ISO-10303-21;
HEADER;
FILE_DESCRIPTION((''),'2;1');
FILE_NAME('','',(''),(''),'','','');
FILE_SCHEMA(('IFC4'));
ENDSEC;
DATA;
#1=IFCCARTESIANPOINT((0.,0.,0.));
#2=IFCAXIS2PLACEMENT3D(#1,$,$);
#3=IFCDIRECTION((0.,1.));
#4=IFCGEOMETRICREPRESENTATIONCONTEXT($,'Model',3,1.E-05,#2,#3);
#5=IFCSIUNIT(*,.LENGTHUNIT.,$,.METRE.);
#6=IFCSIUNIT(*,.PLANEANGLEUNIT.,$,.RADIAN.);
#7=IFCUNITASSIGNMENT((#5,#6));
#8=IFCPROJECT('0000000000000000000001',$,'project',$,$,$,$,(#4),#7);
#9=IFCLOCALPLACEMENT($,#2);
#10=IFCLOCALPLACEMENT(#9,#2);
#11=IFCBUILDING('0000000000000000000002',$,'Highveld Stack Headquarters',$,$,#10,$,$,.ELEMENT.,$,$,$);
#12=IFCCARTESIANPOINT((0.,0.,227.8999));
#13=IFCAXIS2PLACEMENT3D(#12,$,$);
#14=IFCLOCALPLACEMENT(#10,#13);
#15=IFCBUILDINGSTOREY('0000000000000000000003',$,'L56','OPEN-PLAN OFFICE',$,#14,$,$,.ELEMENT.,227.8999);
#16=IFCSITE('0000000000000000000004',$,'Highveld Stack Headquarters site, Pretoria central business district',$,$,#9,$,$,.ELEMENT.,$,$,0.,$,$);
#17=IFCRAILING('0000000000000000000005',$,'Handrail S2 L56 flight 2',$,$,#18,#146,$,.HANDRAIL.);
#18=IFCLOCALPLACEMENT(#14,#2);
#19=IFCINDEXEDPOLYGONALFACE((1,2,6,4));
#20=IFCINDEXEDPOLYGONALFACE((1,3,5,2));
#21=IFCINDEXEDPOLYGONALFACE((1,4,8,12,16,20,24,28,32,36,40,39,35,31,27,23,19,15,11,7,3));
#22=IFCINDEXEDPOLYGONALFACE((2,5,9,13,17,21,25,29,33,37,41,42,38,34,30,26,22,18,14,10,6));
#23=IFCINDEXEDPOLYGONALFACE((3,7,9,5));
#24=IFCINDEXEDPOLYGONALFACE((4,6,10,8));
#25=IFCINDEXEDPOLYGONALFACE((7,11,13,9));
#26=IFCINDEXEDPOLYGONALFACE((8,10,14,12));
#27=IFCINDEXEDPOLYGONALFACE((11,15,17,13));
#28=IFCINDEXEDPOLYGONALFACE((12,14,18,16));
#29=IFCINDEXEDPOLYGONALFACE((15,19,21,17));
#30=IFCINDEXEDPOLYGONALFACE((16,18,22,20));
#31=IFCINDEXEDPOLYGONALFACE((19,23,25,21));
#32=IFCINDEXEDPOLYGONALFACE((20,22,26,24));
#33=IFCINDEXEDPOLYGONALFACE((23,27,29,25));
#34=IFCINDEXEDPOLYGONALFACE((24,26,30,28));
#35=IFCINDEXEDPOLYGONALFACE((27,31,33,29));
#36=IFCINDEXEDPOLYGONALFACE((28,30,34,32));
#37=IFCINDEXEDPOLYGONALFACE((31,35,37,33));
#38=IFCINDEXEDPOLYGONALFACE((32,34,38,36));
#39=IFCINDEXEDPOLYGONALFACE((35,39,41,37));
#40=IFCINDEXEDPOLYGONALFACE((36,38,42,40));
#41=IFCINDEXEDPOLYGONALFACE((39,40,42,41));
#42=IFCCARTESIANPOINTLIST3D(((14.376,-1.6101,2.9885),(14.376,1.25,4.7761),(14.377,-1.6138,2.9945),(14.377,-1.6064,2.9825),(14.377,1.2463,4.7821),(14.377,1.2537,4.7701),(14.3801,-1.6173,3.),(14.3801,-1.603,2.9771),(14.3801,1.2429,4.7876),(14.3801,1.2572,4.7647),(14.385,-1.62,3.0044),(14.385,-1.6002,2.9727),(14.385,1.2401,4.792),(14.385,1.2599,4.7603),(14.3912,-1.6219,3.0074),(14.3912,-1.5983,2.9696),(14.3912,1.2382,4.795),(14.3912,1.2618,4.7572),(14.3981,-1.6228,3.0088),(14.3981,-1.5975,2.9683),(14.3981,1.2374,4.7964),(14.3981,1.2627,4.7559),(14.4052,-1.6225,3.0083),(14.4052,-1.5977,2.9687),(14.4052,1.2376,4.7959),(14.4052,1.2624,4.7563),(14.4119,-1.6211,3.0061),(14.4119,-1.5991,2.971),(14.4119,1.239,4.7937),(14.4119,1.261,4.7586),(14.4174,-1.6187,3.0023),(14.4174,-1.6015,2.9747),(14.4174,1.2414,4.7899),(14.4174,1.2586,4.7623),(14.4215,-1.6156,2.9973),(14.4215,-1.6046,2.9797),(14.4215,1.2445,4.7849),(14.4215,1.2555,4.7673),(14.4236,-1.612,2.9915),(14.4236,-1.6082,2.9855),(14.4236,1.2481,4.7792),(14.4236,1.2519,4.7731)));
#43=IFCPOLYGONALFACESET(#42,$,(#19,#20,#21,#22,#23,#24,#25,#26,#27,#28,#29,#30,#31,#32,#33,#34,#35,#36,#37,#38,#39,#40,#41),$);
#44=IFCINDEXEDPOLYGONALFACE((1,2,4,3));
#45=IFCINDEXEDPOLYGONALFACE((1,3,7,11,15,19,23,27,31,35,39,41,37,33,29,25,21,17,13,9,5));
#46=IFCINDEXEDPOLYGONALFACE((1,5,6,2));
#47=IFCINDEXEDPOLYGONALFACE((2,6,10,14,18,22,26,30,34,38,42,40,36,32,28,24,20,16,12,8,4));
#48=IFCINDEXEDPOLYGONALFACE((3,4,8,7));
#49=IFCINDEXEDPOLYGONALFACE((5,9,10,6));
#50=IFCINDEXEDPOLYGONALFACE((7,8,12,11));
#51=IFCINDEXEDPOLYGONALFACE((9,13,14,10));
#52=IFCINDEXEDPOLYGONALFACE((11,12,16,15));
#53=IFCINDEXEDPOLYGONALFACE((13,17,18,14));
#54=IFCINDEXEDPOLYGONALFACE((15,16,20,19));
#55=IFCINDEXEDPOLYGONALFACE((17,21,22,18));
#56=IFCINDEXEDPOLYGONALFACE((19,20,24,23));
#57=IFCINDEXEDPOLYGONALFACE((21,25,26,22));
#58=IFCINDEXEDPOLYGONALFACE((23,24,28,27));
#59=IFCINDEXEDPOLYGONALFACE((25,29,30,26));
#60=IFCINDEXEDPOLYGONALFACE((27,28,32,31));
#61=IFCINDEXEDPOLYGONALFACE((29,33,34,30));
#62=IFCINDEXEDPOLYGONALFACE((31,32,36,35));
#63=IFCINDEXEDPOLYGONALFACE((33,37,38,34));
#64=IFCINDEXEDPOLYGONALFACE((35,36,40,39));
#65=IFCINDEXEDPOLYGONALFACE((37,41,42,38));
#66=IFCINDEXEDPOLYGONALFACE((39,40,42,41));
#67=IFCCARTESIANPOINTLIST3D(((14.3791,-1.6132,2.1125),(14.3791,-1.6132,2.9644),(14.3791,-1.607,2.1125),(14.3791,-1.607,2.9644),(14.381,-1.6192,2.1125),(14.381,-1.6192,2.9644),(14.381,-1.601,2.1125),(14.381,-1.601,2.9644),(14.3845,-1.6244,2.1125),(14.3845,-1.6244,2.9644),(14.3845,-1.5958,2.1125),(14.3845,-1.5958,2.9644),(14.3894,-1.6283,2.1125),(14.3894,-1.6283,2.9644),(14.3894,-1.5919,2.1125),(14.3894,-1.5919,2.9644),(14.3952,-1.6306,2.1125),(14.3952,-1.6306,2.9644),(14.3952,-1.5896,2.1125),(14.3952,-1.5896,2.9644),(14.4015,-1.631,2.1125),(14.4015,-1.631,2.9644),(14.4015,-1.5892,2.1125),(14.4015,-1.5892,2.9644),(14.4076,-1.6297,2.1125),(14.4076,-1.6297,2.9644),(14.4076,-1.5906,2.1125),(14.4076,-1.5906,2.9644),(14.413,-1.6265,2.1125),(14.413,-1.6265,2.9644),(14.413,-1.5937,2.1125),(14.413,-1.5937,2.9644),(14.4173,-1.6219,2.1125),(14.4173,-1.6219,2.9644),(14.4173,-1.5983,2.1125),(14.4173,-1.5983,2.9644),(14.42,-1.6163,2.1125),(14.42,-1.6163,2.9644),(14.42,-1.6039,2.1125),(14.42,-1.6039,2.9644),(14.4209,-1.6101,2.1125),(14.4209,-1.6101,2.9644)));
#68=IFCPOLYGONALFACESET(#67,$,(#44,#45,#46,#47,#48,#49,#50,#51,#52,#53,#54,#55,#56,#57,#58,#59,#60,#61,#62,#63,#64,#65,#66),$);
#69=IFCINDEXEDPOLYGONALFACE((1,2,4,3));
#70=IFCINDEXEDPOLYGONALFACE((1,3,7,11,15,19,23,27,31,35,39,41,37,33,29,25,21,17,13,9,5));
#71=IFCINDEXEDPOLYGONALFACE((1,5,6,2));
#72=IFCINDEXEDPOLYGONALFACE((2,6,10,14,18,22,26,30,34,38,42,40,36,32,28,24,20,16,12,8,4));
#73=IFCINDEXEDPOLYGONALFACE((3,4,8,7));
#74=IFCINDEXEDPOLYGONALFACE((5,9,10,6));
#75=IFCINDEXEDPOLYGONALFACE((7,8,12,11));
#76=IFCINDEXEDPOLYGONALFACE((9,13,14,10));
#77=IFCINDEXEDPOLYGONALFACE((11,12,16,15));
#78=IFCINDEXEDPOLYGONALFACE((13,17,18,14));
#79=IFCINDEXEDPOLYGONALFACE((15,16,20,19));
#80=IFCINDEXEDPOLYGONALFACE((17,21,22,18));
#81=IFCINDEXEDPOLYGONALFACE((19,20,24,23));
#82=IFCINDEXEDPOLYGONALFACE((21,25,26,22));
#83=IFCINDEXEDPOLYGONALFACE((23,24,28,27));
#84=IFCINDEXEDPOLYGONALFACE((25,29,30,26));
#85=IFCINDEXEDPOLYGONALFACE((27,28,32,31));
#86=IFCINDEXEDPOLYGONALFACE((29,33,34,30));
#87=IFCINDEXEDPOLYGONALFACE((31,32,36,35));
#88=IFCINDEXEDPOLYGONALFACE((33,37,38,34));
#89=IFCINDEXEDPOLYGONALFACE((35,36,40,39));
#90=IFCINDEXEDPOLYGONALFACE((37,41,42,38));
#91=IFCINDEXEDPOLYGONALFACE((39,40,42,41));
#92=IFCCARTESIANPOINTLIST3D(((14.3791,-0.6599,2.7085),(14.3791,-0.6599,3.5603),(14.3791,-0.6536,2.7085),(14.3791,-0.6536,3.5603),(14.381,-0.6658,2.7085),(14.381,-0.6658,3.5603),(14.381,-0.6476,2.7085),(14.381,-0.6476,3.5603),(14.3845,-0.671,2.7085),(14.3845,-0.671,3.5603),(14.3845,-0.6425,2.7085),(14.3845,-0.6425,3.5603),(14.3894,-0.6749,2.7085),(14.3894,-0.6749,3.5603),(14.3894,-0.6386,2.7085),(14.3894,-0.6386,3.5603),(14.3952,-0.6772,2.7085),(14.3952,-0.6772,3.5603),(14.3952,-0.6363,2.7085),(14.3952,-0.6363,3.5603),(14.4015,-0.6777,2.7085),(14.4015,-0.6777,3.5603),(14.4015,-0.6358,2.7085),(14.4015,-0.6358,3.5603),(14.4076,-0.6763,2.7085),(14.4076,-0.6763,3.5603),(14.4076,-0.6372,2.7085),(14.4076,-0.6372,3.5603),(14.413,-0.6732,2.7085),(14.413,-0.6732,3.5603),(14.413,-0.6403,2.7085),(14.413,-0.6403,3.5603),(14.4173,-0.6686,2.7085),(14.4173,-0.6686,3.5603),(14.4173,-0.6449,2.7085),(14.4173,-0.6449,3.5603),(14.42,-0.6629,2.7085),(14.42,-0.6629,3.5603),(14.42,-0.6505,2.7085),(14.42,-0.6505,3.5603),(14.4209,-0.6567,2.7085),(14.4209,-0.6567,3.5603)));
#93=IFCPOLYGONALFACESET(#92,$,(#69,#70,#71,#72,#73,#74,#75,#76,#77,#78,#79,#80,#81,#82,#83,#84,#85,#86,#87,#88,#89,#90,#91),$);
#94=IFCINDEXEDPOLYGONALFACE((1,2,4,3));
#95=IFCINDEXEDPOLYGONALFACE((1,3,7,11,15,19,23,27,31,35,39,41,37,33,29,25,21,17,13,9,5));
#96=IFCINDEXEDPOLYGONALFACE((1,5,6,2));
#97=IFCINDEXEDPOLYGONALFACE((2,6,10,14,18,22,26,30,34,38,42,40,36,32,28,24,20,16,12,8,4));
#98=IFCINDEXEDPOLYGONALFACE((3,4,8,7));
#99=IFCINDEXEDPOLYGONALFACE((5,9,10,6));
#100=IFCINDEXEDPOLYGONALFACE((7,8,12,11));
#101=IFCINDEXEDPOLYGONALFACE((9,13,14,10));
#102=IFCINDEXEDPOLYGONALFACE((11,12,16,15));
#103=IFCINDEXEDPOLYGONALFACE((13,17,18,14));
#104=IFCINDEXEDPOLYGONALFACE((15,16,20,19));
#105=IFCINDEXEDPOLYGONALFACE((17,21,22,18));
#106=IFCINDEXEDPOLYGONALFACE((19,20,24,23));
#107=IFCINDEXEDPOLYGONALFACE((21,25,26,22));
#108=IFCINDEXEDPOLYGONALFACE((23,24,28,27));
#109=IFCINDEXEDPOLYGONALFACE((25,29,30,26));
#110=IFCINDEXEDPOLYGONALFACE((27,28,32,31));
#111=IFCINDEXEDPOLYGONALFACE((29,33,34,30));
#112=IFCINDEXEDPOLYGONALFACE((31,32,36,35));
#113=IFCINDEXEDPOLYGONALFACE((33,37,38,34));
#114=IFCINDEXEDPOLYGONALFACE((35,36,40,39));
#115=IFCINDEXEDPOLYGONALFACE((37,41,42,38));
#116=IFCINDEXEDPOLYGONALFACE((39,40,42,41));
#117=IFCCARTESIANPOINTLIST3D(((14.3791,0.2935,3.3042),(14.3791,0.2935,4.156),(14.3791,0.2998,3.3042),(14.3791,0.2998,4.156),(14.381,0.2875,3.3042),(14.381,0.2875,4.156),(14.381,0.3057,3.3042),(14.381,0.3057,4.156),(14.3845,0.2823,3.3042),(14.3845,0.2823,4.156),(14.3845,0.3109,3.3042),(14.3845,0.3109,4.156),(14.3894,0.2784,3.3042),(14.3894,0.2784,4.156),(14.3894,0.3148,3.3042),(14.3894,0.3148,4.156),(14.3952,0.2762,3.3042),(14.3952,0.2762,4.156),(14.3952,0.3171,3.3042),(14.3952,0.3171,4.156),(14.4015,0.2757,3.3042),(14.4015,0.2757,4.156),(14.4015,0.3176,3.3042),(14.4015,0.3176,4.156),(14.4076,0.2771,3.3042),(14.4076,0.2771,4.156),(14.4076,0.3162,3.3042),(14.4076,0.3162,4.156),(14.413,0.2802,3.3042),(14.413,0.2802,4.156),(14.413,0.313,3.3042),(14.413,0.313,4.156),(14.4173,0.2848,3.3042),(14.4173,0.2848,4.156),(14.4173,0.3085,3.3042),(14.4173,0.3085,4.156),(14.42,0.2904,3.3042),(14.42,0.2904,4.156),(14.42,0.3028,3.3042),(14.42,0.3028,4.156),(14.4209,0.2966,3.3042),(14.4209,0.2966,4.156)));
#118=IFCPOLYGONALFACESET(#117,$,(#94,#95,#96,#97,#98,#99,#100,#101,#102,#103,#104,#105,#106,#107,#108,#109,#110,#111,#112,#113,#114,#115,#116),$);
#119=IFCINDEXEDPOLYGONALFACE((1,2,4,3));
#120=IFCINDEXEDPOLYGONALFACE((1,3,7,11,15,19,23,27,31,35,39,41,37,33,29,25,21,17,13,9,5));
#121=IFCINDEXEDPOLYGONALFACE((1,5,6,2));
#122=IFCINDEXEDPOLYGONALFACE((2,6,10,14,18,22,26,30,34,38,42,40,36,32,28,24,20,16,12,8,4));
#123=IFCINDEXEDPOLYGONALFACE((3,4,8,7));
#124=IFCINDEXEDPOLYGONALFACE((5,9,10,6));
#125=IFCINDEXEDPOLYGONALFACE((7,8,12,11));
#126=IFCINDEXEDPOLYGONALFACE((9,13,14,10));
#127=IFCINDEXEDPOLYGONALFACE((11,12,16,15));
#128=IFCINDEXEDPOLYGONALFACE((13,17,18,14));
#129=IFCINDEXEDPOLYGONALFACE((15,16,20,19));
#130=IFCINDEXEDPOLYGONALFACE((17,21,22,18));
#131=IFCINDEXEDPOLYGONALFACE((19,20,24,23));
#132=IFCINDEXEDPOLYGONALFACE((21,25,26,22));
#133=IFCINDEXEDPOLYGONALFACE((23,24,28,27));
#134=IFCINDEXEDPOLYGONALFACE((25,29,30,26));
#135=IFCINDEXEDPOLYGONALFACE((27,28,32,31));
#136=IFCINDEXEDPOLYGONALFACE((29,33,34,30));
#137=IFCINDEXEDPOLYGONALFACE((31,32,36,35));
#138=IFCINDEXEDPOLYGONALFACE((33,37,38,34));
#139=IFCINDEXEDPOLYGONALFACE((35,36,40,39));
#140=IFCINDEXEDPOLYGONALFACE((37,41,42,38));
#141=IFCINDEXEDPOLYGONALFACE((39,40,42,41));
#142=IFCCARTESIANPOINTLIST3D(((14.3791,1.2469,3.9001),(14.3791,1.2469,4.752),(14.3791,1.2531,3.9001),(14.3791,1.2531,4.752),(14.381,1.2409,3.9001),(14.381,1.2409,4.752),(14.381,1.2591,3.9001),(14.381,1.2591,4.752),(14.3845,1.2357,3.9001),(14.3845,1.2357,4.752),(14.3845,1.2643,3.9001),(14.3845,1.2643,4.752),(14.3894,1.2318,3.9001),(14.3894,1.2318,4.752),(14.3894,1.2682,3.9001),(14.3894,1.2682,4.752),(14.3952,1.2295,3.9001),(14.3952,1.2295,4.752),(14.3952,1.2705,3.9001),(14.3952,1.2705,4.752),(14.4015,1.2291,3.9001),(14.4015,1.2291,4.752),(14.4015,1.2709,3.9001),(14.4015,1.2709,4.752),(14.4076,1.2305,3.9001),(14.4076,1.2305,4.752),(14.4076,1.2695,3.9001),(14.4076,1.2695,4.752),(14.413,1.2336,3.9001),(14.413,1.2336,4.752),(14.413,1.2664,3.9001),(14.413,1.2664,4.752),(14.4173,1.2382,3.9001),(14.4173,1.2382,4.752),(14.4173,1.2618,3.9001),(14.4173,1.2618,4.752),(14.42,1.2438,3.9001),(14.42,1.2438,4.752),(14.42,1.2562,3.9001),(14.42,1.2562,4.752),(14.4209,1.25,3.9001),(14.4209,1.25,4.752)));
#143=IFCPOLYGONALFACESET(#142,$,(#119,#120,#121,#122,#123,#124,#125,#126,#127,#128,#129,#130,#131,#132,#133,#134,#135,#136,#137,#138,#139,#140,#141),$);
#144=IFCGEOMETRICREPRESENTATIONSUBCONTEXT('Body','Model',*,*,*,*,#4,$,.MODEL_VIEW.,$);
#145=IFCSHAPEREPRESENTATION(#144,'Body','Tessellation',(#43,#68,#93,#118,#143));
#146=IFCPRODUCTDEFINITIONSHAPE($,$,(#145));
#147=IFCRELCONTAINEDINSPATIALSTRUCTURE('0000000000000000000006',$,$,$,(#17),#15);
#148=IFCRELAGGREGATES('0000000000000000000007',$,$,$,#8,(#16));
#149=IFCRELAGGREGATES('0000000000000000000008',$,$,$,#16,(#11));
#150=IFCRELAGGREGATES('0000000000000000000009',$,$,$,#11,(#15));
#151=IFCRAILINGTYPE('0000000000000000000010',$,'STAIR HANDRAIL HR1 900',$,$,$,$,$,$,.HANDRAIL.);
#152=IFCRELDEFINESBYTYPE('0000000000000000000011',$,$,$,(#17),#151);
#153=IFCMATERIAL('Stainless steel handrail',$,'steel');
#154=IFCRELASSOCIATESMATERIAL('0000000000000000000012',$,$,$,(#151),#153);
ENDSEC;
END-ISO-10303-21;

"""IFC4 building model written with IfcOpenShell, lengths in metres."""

from ifc_helpers import new_model, si_unit, direction, frame, origin, origin_2d, place, context, subcontext, project, spatial, circle, extrude, material, type_object, element, save


model = new_model("IFC4")

# Units and contexts
model_context = context("Model", 3, precision=1e-05, world=origin(), true_north=direction((0.0, 1.0)))
body_context = subcontext(model_context, "Body", "Model", "MODEL_VIEW")
ifc_project = project(units=[si_unit("LENGTHUNIT", "METRE"), si_unit("PLANEANGLEUNIT", "RADIAN")], contexts=[model_context])

# Site, building, storey
site_placement = place(None, origin())
site = spatial("IfcSite", under=ifc_project, at=site_placement, Name="Highveld Stack Headquarters site, Pretoria central business district", CompositionType="ELEMENT", RefElevation=0.0)
building_placement = place(site_placement, origin())
building = spatial("IfcBuilding", under=site, at=building_placement, Name="Highveld Stack Headquarters", CompositionType="ELEMENT")
storey_placement = place(building_placement, frame((0.0, 0.0, 227.8999)))
storey = spatial("IfcBuildingStorey", under=building, at=storey_placement, Name="L56", Description="OPEN-PLAN OFFICE", CompositionType="ELEMENT", Elevation=227.8999)

# Railing
ifc_material_1 = material(Name="Stainless steel handrail", Category="steel")
railing_type = type_object("IfcRailingType", Name="STAIR HANDRAIL HR1 900", PredefinedType="HANDRAIL", material=ifc_material_1)
railing_placement = place(storey_placement, frame((14.3999, -1.6101, 2.1125)))
element("IfcRailing", 1, at=railing_placement, inside=storey, type_object=railing_type, Name="Handrail S2 L56 flight 2", PredefinedType="HANDRAIL", context=body_context, shape_type="SweptSolid", body=[
    extrude(circle(Radius=0.0239, at=origin_2d()), frame((0.0, 0.0, 0.876), z_axis=(0.0, 0.847994, 0.530005), x_axis=(-1.0, 0.0, 0.0)), (0.0, 0.0, 1.0), 3.3728),
    extrude(circle(Radius=0.021, at=origin_2d()), origin(), (0.0, 0.0, 1.0), 0.8518),
    extrude(circle(Radius=0.021, at=origin_2d()), frame((0.0, 0.9534, 0.5959)), (0.0, 0.0, 1.0), 0.8518),
    extrude(circle(Radius=0.021, at=origin_2d()), frame((0.0, 1.9067, 1.1917)), (0.0, 0.0, 1.0), 0.8518),
    extrude(circle(Radius=0.021, at=origin_2d()), frame((0.0, 2.8601, 1.7876)), (0.0, 0.0, 1.0), 0.8518),
])

save(model, "model.ifc")
